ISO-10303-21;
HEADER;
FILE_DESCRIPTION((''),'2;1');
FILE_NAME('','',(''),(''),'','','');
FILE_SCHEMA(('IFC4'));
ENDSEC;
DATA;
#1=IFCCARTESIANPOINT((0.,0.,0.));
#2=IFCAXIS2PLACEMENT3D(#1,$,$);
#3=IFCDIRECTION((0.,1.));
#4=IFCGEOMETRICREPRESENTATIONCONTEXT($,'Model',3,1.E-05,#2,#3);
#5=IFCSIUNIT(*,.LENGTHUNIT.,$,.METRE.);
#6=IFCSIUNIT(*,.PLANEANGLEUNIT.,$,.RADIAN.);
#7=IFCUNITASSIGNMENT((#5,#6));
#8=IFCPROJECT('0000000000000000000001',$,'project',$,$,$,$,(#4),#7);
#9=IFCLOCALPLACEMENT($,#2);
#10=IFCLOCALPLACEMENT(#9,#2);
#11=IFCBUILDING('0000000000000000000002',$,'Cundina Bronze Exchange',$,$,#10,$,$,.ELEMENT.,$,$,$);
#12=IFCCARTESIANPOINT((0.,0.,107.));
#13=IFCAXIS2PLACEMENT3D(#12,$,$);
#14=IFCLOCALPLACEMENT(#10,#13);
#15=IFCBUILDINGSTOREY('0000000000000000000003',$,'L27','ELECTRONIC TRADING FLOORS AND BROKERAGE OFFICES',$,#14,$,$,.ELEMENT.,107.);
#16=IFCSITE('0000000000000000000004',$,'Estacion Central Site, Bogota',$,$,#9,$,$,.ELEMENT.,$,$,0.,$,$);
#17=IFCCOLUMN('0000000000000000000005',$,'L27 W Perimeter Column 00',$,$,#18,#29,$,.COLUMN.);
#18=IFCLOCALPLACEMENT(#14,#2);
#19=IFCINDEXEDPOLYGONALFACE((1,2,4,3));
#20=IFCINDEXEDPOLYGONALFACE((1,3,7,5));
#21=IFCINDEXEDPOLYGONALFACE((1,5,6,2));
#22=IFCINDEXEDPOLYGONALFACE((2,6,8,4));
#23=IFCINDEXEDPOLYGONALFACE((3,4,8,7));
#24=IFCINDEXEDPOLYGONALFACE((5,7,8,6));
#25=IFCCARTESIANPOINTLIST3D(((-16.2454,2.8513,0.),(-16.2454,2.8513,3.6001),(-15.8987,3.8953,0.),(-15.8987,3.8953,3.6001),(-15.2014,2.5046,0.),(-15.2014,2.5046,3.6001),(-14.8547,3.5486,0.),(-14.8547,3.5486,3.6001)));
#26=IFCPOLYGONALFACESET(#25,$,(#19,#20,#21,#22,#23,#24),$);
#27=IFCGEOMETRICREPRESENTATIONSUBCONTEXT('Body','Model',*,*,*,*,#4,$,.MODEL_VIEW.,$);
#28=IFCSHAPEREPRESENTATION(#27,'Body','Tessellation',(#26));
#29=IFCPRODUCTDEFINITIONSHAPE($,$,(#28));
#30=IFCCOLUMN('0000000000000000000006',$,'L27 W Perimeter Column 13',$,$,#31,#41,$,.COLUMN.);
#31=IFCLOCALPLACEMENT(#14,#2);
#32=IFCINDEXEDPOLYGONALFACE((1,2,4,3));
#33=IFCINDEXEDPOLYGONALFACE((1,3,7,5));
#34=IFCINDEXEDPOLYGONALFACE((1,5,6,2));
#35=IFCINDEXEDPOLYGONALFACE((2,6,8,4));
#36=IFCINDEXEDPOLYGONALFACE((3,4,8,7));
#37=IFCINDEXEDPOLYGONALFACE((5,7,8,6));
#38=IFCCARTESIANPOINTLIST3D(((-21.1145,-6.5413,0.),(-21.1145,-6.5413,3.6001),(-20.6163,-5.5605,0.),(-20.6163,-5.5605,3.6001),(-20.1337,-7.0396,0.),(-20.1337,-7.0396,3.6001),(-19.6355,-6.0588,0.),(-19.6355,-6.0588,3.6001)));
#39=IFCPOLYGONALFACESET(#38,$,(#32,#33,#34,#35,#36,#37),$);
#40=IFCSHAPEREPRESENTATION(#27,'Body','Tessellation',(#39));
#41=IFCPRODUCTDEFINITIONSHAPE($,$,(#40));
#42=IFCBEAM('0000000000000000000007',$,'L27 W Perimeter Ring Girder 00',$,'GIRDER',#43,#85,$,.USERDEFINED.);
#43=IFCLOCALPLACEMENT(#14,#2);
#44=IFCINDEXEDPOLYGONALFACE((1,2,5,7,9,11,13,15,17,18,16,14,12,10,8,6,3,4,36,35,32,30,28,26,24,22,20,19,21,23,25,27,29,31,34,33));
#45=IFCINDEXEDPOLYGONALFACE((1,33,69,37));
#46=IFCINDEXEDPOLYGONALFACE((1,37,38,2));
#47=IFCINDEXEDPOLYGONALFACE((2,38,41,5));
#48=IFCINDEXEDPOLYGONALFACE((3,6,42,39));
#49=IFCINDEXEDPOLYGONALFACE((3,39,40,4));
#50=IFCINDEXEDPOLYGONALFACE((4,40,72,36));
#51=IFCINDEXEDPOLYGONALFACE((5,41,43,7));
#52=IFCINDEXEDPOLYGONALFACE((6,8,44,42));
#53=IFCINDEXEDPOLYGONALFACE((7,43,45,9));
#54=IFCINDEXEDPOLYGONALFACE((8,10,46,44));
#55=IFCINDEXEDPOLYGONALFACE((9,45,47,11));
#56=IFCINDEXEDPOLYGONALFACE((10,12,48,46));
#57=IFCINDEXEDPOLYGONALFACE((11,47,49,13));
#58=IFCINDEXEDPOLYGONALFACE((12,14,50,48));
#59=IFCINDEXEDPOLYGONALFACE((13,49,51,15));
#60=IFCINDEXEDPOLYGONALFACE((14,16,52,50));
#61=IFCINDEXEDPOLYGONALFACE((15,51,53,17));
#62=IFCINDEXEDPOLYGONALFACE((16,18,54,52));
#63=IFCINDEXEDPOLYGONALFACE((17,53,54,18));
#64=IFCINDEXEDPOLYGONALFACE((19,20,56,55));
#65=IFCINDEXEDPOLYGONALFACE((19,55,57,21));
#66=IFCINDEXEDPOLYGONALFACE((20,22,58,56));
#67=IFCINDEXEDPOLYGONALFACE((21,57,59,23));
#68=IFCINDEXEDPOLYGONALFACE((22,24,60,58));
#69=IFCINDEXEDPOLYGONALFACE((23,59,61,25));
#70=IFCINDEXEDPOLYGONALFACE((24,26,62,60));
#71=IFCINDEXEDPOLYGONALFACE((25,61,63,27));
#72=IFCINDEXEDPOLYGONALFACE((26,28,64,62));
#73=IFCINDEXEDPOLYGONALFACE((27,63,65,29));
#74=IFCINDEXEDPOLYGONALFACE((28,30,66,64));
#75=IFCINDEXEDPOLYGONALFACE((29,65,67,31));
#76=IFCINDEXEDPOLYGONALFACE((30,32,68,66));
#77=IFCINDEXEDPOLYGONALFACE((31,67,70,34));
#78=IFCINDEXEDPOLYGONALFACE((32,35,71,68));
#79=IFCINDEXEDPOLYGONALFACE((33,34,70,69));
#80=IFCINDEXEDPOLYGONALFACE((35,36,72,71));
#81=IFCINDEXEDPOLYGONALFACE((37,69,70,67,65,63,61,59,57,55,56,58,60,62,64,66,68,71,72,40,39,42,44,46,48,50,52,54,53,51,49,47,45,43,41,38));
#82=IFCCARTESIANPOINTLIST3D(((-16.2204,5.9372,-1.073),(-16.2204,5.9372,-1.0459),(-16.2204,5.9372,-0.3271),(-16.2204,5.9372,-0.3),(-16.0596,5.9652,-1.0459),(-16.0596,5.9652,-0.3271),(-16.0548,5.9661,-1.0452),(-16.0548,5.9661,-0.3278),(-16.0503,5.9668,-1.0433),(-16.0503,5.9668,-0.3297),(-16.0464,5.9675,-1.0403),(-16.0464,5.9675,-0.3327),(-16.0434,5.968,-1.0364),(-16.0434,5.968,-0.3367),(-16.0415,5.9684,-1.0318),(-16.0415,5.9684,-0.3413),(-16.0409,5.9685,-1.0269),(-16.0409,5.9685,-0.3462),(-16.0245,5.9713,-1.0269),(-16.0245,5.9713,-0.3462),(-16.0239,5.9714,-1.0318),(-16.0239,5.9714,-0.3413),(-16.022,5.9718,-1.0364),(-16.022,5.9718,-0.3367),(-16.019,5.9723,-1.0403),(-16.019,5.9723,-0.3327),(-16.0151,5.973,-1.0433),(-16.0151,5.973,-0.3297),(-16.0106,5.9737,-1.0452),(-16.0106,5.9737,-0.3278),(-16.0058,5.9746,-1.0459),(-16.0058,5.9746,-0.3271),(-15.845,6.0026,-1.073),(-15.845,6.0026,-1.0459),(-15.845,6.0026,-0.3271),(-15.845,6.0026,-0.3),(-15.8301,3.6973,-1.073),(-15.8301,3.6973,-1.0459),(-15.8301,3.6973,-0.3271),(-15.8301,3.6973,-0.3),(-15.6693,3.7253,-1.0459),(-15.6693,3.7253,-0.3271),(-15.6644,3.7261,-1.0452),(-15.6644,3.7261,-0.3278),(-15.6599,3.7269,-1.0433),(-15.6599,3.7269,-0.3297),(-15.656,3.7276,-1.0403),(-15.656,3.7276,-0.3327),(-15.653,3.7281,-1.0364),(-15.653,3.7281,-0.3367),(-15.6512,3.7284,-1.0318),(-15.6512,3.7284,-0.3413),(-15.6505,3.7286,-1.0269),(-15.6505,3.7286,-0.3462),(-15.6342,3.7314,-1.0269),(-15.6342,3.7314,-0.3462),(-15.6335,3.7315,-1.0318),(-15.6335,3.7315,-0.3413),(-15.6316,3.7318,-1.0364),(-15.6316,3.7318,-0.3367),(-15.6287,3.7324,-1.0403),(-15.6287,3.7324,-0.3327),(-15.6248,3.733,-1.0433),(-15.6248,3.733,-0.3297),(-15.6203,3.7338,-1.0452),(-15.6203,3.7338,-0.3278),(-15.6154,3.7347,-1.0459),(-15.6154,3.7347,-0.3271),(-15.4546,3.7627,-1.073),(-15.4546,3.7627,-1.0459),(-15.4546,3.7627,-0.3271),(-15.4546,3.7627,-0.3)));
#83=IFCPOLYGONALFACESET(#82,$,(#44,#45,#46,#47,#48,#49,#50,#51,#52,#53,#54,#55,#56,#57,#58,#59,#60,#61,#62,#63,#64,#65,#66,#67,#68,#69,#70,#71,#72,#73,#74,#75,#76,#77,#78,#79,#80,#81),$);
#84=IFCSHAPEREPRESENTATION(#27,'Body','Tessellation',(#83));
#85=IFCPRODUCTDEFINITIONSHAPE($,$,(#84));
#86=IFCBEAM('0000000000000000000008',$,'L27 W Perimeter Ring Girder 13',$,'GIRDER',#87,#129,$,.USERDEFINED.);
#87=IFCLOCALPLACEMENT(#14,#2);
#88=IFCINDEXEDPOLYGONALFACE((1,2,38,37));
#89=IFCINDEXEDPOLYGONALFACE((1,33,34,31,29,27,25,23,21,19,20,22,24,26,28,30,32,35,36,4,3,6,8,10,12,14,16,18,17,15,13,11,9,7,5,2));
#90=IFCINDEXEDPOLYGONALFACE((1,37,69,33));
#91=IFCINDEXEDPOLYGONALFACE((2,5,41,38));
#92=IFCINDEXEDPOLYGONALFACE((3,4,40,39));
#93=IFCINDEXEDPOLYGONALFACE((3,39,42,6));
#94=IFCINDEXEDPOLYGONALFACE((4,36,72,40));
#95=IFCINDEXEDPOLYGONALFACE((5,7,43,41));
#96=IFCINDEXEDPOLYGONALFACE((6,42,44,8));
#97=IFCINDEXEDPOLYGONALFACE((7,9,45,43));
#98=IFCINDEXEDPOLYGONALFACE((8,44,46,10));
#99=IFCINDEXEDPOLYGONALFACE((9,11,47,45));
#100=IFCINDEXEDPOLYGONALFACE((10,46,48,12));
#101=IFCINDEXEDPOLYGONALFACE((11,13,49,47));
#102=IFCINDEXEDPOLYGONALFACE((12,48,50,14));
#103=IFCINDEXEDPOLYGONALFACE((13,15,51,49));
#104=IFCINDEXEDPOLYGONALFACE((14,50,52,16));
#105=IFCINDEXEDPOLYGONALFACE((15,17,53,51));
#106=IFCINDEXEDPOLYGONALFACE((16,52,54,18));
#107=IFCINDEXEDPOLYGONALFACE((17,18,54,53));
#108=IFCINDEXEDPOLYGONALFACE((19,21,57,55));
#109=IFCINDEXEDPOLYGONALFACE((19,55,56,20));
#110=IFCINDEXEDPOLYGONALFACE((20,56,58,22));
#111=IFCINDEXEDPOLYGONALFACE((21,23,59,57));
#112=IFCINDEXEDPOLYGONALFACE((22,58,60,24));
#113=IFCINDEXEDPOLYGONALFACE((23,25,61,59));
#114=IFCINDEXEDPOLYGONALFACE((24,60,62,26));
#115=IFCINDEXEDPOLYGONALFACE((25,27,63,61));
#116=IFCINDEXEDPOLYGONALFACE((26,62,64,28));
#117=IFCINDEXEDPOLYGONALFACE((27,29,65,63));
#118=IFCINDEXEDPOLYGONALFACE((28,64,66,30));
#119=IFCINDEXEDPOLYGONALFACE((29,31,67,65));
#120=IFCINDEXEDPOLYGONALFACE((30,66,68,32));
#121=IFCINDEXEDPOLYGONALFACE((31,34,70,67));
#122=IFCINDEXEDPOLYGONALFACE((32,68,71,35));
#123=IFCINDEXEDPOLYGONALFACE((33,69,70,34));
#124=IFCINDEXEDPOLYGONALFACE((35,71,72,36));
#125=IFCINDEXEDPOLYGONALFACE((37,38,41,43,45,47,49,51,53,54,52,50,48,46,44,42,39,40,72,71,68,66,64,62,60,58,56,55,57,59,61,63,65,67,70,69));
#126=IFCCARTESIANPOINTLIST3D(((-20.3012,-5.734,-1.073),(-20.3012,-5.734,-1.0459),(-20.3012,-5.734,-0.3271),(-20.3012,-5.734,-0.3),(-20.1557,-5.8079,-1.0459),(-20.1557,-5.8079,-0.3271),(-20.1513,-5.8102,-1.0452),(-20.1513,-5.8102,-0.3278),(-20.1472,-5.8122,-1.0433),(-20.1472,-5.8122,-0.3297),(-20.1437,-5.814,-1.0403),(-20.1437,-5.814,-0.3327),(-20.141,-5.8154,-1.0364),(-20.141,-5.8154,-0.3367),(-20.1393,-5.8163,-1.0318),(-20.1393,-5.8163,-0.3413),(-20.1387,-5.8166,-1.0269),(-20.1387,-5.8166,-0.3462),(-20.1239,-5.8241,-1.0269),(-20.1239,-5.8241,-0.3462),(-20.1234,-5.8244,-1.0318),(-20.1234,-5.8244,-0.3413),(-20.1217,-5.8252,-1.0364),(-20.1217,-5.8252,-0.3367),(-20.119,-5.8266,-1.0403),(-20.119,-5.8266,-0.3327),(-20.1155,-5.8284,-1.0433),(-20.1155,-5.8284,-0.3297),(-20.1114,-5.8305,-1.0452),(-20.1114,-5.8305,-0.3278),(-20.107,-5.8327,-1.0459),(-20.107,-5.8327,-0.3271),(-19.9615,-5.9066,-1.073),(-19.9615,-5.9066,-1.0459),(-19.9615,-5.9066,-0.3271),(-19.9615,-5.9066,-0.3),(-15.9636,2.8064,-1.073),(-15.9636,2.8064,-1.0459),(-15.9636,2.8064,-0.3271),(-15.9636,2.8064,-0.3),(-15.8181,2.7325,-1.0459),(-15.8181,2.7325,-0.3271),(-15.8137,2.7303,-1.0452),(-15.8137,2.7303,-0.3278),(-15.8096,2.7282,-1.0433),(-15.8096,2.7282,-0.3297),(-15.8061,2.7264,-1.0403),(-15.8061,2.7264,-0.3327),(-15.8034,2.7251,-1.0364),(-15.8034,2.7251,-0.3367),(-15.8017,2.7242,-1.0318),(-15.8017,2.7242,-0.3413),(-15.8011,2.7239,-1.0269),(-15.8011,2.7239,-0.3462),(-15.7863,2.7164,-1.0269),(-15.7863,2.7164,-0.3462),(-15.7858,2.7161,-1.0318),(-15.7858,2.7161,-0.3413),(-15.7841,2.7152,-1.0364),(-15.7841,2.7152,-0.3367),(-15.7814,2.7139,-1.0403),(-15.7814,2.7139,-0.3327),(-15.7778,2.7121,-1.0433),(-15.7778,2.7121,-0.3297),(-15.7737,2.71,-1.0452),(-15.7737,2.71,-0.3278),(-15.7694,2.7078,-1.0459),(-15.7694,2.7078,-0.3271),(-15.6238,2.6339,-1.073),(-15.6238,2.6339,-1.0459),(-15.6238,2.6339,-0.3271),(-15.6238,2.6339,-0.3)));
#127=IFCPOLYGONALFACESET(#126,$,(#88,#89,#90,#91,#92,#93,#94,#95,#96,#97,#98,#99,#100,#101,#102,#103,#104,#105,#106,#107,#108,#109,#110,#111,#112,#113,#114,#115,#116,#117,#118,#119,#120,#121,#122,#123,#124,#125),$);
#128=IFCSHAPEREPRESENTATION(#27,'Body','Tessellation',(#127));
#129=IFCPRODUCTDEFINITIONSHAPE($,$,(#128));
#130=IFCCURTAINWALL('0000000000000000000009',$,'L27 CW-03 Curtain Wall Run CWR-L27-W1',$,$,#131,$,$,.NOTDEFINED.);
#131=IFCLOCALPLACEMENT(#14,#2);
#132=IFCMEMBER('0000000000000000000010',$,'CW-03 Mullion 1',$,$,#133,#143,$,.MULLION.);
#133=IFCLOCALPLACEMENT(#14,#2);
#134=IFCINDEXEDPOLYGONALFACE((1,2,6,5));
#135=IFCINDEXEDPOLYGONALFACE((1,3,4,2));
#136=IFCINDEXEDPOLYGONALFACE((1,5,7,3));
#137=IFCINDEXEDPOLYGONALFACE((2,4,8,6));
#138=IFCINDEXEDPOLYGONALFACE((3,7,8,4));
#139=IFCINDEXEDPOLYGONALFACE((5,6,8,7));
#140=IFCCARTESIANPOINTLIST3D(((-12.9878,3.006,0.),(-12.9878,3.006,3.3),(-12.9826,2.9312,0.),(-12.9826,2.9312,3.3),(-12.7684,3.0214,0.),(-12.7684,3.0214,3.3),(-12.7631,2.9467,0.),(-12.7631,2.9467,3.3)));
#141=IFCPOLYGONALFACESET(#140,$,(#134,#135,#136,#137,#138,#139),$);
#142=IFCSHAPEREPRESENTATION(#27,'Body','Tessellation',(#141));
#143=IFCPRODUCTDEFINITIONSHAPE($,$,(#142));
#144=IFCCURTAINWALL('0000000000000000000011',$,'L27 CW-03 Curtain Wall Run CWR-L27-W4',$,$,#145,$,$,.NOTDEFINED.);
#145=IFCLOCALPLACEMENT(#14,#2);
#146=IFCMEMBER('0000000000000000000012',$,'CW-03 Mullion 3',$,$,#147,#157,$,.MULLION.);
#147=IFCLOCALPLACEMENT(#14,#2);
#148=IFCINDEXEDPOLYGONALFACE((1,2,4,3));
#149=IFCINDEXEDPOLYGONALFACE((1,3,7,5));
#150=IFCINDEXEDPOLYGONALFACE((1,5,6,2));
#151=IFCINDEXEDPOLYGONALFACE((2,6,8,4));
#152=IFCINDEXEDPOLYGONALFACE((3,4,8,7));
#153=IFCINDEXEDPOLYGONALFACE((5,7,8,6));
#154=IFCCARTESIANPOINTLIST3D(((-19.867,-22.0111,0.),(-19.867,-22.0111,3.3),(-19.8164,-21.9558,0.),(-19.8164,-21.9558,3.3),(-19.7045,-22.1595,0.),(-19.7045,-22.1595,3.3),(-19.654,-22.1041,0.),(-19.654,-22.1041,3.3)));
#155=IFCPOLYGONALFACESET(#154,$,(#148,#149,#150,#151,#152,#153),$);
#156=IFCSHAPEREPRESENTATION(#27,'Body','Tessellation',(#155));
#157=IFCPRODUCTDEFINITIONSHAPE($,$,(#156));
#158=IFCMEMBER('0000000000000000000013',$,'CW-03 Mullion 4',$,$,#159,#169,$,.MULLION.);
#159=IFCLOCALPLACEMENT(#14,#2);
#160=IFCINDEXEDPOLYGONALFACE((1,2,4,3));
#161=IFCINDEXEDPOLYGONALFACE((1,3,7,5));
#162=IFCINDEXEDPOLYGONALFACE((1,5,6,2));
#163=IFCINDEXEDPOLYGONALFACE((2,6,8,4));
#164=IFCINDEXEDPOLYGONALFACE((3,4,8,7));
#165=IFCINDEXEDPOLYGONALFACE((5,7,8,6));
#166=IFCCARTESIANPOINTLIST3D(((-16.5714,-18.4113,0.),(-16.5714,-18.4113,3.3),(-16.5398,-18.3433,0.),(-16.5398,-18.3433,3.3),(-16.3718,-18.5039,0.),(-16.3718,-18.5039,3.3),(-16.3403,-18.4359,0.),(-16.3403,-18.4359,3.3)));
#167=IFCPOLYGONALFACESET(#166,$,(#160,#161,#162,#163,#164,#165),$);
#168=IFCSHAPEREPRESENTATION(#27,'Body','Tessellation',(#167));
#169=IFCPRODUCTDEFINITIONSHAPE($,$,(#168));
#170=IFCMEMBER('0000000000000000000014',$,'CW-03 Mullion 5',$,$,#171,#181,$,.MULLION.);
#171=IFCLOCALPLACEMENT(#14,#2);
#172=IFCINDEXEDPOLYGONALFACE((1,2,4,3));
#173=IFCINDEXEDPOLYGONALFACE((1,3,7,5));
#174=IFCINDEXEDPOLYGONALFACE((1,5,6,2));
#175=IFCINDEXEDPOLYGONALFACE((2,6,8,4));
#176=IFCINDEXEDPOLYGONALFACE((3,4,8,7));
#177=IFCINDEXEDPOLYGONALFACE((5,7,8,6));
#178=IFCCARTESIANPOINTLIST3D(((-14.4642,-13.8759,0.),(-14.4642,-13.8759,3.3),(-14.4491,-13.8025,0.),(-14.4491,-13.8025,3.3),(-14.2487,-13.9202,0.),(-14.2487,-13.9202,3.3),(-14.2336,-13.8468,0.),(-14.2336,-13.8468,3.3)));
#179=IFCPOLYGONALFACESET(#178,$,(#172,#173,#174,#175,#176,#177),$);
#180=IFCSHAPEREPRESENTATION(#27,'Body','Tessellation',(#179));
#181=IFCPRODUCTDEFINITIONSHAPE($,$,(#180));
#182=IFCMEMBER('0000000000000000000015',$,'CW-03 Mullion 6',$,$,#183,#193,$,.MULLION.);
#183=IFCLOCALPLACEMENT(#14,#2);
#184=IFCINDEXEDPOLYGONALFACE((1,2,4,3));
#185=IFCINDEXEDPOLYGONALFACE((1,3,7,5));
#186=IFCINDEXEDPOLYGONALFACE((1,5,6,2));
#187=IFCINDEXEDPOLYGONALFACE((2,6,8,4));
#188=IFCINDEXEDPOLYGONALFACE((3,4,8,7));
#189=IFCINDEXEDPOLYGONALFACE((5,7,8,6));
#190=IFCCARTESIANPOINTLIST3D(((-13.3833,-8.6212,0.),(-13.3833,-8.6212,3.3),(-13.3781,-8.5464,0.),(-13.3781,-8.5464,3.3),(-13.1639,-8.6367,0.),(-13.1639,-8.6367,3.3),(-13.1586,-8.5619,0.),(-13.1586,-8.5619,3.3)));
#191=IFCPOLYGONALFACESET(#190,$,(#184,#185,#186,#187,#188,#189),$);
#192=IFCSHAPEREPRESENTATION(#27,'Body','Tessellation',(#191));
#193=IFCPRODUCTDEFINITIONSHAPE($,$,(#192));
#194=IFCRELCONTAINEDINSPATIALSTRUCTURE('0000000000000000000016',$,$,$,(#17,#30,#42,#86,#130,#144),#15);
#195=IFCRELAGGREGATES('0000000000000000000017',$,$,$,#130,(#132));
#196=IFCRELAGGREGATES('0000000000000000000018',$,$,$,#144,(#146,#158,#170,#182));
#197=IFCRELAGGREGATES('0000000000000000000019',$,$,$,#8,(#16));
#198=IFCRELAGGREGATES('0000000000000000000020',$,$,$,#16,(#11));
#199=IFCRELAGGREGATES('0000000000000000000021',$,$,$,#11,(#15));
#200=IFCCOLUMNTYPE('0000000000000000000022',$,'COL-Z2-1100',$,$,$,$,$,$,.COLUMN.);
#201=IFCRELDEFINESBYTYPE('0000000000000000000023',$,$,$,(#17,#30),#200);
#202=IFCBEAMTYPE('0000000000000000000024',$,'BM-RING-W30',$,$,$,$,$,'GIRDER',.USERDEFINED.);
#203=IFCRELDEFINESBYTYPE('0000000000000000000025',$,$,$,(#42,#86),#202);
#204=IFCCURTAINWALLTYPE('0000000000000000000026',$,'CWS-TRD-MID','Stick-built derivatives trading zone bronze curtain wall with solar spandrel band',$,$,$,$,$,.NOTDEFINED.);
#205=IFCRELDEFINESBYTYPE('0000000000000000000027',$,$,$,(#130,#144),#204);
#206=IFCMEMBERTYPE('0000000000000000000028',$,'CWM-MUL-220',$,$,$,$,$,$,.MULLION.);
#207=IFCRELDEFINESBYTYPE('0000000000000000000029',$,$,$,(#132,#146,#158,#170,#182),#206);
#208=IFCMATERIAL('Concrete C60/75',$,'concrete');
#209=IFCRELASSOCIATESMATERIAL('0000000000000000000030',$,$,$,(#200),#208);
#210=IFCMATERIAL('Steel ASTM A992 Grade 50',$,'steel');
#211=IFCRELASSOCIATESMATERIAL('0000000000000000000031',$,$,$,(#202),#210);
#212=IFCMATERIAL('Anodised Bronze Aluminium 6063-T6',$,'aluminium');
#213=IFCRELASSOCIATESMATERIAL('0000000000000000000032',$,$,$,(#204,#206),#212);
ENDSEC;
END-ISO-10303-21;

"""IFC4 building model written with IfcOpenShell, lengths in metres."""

from ifc_helpers import new_model, si_unit, direction, frame, origin, origin_2d, place, context, subcontext, project, spatial, rectangle, i_section, extrude, material, material_profile, profile_set, type_object, element, aggregate, save


model = new_model("IFC4")

# Units and contexts
model_context = context("Model", 3, precision=1e-05, world=origin(), true_north=direction((0.0, 1.0)))
body_context = subcontext(model_context, "Body", "Model", "MODEL_VIEW")
ifc_project = project(units=[si_unit("LENGTHUNIT", "METRE"), si_unit("PLANEANGLEUNIT", "RADIAN")], contexts=[model_context])

# Site, building, storey
site_placement = place(None, origin())
site = spatial("IfcSite", under=ifc_project, at=site_placement, Name="Estacion Central Site, Bogota", CompositionType="ELEMENT", RefElevation=0.0)
building_placement = place(site_placement, origin())
building = spatial("IfcBuilding", under=site, at=building_placement, Name="Cundina Bronze Exchange", CompositionType="ELEMENT")
storey_placement = place(building_placement, frame((0.0, 0.0, 107.0)))
storey = spatial("IfcBuildingStorey", under=building, at=storey_placement, Name="L27", Description="ELECTRONIC TRADING FLOORS AND BROKERAGE OFFICES", CompositionType="ELEMENT", Elevation=107.0)

# Columns
ifc_material_1 = material(Name="Concrete C60/75", Category="concrete")
ifc_material_profile_1 = material_profile(ifc_material_1, rectangle(XDim=1.1001, YDim=1.1001, at=origin_2d()), Name="RC1100X1100", Category="concrete")
ifc_profile_set_1 = profile_set([ifc_material_profile_1], Name="Concrete C60/75")
column_type = type_object("IfcColumnType", Name="COL-Z2-1100", PredefinedType="COLUMN", material=ifc_profile_set_1)
for number, where, z_axis, x_axis, name in (
    (1, (-15.55, 3.2, 0.0), (0.0, 0.0, 1.0), (0.315152, 0.949041, 0.0), "L27 W Perimeter Column 00"),
    (2, (-20.375, -6.3, 0.0), (0.0, 0.0, 1.0), (0.452902, 0.891561, 0.0), "L27 W Perimeter Column 13"),
):
    element("IfcColumn", number, at=place(storey_placement, frame(where, z_axis=z_axis, x_axis=x_axis)), inside=storey, type_object=column_type, Name=name, PredefinedType="COLUMN", context=body_context, shape_type="SweptSolid", body=[
        extrude(rectangle(XDim=1.1001, YDim=1.1001, at=origin_2d()), origin(), (0.0, 0.0, 1.0), 3.6001),
    ])

# Beams
ifc_material_2 = material(Name="Steel ASTM A992 Grade 50", Category="steel")
ifc_material_profile_2 = material_profile(ifc_material_2, i_section(OverallWidth=0.3811, OverallDepth=0.7729, WebThickness=0.0166, FlangeThickness=0.0271, FilletRadius=0.019, at=origin_2d()), Name="W30X173", Category="steel")
ifc_profile_set_2 = profile_set([ifc_material_profile_2], Name="Steel ASTM A992 Grade 50")
beam_type = type_object("IfcBeamType", Name="BM-RING-W30", ElementType="GIRDER", PredefinedType="USERDEFINED", material=ifc_profile_set_2)
beam_1_placement = place(storey_placement, frame((-15.6423, 3.73, -0.6865), z_axis=(-0.17169, 0.985151, 0.0), x_axis=(-0.985151, -0.17169, 0.0)))
element("IfcBeam", 3, at=beam_1_placement, inside=storey, type_object=beam_type, Name="L27 W Perimeter Ring Girder 00", ObjectType="GIRDER", PredefinedType="USERDEFINED", context=body_context, shape_type="SweptSolid", body=[
    extrude(i_section(OverallWidth=0.3811, OverallDepth=0.7729, WebThickness=0.0166, FlangeThickness=0.0271, FilletRadius=0.019, at=origin_2d()), origin(), (0.0, 0.0, 1.0), 2.2737),
])
beam_2_placement = place(storey_placement, frame((-20.1313, -5.8203, -0.6865), z_axis=(0.452832, 0.891596, 0.0), x_axis=(-0.891596, 0.452832, 0.0)))
element("IfcBeam", 4, at=beam_2_placement, inside=storey, type_object=beam_type, Name="L27 W Perimeter Ring Girder 13", ObjectType="GIRDER", PredefinedType="USERDEFINED", context=body_context, shape_type="SweptSolid", body=[
    extrude(i_section(OverallWidth=0.3811, OverallDepth=0.7729, WebThickness=0.0166, FlangeThickness=0.0271, FilletRadius=0.019, at=origin_2d()), origin(), (0.0, 0.0, 1.0), 9.5789),
])

# Curtain wall, member
ifc_material_3 = material(Name="Anodised Bronze Aluminium 6063-T6", Category="aluminium")
curtain_wall_type = type_object("IfcCurtainWallType", Name="CWS-TRD-MID", Description="Stick-built derivatives trading zone bronze curtain wall with solar spandrel band", PredefinedType="NOTDEFINED", material=ifc_material_3)
curtain_wall_1_placement = place(storey_placement, origin())
curtain_wall_1 = element("IfcCurtainWall", 5, at=curtain_wall_1_placement, inside=storey, type_object=curtain_wall_type, Name="L27 CW-03 Curtain Wall Run CWR-L27-W1", PredefinedType="NOTDEFINED")
ifc_material_profile_3 = material_profile(ifc_material_3, rectangle(XDim=0.075, YDim=0.22, at=origin_2d()), Name="AL75X220", Category="aluminium")
ifc_profile_set_3 = profile_set([ifc_material_profile_3], Name="Anodised Bronze Aluminium 6063-T6")
member_type_1 = type_object("IfcMemberType", Name="CWM-MUL-220", PredefinedType="MULLION", material=ifc_profile_set_3)
member_1_placement = place(storey_placement, frame((-12.8755, 2.9763, 0.0), z_axis=(0.0, 0.0, 1.0), x_axis=(-0.070279, 0.997527, 0.0)))
member_1 = element("IfcMember", 6, at=member_1_placement, type_object=member_type_1, Name="CW-03 Mullion 1", PredefinedType="MULLION", context=body_context, shape_type="SweptSolid", body=[
    extrude(rectangle(XDim=0.075, YDim=0.22, at=origin_2d()), origin(), (0.0, 0.0, 1.0), 3.3),
])

# Curtain wall, members
curtain_wall_2_placement = place(storey_placement, origin())
curtain_wall_2 = element("IfcCurtainWall", 7, at=curtain_wall_2_placement, inside=storey, type_object=curtain_wall_type, Name="L27 CW-03 Curtain Wall Run CWR-L27-W4", PredefinedType="NOTDEFINED")
member_2_placement = place(storey_placement, frame((-19.7605, -22.0576, 0.0), z_axis=(0.0, 0.0, 1.0), x_axis=(0.674302, 0.738455, 0.0)))
member_2 = element("IfcMember", 8, at=member_2_placement, type_object=member_type_1, Name="CW-03 Mullion 3", PredefinedType="MULLION", context=body_context, shape_type="SweptSolid", body=[
    extrude(rectangle(XDim=0.075, YDim=0.22, at=origin_2d()), origin(), (0.0, 0.0, 1.0), 3.3),
])
member_3_placement = place(storey_placement, frame((-16.4558, -18.4236, 0.0), z_axis=(0.0, 0.0, 1.0), x_axis=(0.420877, 0.907117, 0.0)))
member_3 = element("IfcMember", 9, at=member_3_placement, type_object=member_type_1, Name="CW-03 Mullion 4", PredefinedType="MULLION", context=body_context, shape_type="SweptSolid", body=[
    extrude(rectangle(XDim=0.075, YDim=0.22, at=origin_2d()), origin(), (0.0, 0.0, 1.0), 3.3),
])
member_4_placement = place(storey_placement, frame((-14.3489, -13.8613, 0.0), z_axis=(0.0, 0.0, 1.0), x_axis=(0.20142, 0.979505, 0.0)))
member_4 = element("IfcMember", 10, at=member_4_placement, type_object=member_type_1, Name="CW-03 Mullion 5", PredefinedType="MULLION", context=body_context, shape_type="SweptSolid", body=[
    extrude(rectangle(XDim=0.075, YDim=0.22, at=origin_2d()), origin(), (0.0, 0.0, 1.0), 3.3),
])
member_5_placement = place(storey_placement, frame((-13.271, -8.5916, 0.0), z_axis=(0.0, 0.0, 1.0), x_axis=(0.070279, 0.997527, 0.0)))
member_5 = element("IfcMember", 11, at=member_5_placement, type_object=member_type_1, Name="CW-03 Mullion 6", PredefinedType="MULLION", context=body_context, shape_type="SweptSolid", body=[
    extrude(rectangle(XDim=0.075, YDim=0.22, at=origin_2d()), origin(), (0.0, 0.0, 1.0), 3.3),
])

aggregate(curtain_wall_1, [member_1])

aggregate(curtain_wall_2, [member_2, member_3, member_4, member_5])

save(model, "model.ifc")
